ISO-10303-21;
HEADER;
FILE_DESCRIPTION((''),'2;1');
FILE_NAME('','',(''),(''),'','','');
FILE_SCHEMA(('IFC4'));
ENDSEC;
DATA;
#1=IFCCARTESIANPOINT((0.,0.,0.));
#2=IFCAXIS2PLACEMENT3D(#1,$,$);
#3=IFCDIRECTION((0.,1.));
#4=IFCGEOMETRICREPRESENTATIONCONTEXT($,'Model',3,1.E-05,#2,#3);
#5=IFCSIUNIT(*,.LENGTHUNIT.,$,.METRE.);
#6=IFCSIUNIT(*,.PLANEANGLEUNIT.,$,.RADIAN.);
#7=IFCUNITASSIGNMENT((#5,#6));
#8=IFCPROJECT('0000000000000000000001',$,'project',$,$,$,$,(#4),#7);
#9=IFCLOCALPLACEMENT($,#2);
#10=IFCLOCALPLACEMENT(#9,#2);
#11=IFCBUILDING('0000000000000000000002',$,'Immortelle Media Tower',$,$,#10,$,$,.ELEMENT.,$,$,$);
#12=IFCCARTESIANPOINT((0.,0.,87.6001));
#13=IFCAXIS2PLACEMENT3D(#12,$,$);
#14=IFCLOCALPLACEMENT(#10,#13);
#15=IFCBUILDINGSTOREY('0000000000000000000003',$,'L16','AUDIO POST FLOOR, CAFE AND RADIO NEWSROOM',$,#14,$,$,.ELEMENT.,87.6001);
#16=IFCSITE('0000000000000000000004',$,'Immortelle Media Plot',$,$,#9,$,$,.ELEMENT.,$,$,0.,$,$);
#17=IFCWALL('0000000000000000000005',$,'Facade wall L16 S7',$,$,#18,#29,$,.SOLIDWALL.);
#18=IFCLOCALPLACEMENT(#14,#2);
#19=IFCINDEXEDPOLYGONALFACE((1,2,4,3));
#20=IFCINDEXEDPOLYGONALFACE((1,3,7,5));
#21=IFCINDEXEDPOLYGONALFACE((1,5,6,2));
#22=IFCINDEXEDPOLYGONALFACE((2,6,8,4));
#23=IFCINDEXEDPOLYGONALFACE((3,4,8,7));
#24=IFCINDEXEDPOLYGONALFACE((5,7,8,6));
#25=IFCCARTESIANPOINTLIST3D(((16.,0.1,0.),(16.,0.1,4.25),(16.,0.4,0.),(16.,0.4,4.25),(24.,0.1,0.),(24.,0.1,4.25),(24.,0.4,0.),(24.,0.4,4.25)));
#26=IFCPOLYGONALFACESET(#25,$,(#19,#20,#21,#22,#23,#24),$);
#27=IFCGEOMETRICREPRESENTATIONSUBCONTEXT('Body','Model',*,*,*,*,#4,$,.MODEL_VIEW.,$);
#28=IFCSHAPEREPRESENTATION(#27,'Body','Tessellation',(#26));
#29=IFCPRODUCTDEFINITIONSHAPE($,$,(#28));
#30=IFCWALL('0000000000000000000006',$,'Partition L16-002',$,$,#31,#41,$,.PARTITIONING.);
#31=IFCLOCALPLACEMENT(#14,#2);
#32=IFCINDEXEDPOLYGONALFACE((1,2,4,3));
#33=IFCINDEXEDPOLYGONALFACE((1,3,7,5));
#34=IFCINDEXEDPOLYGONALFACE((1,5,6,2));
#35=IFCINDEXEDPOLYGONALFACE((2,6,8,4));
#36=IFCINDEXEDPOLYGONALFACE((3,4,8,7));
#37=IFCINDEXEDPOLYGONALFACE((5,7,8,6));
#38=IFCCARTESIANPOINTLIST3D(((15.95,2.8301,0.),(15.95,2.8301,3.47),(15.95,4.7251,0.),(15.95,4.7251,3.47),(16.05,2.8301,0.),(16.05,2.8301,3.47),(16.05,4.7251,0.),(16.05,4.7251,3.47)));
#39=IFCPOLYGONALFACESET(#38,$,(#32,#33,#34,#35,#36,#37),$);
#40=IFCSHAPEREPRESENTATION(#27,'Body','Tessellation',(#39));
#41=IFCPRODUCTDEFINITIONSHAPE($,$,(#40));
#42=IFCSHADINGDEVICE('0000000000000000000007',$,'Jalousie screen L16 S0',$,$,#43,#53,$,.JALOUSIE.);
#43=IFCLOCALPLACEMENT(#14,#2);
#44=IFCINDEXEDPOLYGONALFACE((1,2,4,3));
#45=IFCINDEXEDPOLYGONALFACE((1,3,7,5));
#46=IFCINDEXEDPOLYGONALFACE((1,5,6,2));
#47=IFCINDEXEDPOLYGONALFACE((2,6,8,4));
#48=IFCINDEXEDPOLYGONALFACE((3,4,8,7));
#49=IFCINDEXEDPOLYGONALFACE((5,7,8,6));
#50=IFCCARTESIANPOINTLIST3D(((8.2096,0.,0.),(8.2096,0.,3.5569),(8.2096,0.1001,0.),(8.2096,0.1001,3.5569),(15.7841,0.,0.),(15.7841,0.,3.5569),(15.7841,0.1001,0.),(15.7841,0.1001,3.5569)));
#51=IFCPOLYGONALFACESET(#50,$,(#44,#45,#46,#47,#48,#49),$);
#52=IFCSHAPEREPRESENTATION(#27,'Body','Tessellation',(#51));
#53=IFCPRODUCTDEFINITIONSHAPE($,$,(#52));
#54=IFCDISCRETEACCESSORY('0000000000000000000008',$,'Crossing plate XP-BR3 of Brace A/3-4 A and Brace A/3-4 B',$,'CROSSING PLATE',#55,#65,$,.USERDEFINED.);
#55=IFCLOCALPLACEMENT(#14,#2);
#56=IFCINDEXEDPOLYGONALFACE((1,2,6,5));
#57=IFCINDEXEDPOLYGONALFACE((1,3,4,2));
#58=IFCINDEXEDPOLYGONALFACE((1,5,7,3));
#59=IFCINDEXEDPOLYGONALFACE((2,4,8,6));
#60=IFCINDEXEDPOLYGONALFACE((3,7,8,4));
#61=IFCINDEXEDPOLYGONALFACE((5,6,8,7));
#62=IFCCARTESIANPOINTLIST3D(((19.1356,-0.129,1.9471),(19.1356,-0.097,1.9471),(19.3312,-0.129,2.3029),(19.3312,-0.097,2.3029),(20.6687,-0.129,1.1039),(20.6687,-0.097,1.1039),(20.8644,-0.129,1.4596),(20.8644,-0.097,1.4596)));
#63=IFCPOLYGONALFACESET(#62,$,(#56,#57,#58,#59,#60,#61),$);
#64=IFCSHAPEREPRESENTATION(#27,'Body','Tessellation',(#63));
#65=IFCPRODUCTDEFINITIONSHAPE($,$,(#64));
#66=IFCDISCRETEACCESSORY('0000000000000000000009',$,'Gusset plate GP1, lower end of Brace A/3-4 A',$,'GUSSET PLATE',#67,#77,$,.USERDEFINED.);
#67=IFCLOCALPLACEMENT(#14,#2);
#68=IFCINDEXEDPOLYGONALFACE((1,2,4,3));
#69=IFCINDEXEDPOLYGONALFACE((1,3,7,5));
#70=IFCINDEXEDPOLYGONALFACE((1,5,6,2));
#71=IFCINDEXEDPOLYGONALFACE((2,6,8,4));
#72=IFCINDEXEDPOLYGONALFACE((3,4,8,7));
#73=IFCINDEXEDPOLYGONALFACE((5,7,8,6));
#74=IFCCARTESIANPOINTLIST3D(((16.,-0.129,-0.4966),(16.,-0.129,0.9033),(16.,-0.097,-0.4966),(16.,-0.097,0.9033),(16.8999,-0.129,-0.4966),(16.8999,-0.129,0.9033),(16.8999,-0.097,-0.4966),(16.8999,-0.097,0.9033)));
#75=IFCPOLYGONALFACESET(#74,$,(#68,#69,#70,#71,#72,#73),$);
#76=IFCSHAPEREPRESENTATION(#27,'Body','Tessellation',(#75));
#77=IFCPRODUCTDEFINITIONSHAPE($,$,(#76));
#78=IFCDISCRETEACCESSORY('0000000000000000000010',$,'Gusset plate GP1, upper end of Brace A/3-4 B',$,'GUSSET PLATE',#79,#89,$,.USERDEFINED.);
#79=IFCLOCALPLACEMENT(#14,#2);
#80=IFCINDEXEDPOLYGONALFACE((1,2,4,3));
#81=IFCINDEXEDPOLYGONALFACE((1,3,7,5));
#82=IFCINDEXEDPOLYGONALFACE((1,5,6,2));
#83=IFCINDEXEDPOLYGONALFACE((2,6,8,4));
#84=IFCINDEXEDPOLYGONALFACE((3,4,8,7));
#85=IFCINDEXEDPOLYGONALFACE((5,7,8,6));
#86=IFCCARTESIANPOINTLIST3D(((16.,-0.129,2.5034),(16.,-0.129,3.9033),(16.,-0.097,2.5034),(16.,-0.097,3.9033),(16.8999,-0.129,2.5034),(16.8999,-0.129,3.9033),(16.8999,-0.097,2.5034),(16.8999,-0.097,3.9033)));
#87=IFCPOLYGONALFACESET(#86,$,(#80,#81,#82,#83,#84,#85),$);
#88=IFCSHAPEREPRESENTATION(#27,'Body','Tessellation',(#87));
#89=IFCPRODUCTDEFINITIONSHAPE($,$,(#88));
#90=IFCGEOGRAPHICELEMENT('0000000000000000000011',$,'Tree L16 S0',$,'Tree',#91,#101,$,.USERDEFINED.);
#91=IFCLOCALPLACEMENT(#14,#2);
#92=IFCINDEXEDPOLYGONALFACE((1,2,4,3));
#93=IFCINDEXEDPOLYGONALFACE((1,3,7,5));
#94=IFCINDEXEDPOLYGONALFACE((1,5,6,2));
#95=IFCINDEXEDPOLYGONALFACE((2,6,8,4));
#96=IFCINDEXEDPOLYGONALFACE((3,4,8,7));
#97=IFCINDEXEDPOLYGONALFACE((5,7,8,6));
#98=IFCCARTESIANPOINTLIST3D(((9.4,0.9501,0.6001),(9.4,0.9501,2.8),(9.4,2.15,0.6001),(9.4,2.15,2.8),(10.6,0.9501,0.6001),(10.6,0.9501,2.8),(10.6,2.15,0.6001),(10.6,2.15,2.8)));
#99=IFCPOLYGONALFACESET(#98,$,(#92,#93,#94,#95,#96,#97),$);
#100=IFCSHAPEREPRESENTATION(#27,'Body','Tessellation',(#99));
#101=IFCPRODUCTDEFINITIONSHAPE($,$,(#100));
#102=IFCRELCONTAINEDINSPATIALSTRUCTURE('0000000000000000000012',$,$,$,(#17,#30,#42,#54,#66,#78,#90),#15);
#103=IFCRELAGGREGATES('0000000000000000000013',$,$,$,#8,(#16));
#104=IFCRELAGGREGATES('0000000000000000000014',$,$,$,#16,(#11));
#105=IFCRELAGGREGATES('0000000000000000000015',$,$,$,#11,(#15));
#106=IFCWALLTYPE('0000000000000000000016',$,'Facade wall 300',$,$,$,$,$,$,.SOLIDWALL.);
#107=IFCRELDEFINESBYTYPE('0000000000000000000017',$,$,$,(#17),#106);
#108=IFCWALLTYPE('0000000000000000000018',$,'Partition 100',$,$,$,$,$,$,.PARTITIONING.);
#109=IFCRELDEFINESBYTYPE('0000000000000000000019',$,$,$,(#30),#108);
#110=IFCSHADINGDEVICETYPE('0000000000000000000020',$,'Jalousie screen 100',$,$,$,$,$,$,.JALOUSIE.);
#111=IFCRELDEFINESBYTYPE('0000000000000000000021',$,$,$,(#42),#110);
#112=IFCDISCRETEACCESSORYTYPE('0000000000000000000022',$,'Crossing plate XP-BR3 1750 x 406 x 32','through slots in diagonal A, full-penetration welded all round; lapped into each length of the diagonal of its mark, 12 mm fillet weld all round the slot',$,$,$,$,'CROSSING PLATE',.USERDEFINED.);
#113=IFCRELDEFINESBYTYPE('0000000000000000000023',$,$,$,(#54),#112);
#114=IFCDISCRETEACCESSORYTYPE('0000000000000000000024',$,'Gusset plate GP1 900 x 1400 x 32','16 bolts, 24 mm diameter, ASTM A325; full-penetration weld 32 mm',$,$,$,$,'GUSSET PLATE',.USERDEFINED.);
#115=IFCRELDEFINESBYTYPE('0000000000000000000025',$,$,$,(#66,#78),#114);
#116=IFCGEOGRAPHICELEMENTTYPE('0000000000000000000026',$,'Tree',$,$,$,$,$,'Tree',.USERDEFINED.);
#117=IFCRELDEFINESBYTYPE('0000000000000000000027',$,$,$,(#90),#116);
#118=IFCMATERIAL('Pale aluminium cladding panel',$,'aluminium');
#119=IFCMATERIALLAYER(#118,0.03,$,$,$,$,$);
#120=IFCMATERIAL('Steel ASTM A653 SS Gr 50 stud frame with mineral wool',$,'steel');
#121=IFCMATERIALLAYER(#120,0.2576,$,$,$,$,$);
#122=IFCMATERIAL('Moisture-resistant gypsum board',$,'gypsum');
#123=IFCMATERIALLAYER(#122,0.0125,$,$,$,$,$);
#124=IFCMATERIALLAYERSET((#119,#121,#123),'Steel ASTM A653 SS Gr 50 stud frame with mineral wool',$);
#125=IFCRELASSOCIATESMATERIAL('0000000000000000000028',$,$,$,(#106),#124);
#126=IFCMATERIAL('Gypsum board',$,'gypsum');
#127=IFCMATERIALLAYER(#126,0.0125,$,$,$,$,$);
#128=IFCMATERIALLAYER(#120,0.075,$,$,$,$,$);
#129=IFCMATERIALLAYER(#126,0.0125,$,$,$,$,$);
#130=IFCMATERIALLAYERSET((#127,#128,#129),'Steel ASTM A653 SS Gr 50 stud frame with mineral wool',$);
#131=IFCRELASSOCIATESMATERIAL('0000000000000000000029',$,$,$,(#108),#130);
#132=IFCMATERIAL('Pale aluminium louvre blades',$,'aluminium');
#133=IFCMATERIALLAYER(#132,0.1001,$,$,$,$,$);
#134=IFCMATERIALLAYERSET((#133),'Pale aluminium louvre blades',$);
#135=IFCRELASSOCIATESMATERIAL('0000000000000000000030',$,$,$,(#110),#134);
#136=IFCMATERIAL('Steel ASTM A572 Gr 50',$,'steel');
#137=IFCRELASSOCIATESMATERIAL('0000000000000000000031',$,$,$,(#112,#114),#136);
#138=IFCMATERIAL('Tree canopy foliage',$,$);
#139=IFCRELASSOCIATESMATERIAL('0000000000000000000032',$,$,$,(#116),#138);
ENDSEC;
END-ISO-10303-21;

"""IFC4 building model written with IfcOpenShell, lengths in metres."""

from ifc_helpers import new_model, si_unit, direction, frame, frame_2d, origin, origin_2d, place, context, subcontext, project, spatial, rectangle, extrude, material, layer, layer_set, material_profile, profile_set, type_object, element, save


model = new_model("IFC4")

# Units and contexts
model_context = context("Model", 3, precision=1e-05, world=origin(), true_north=direction((0.0, 1.0)))
body_context = subcontext(model_context, "Body", "Model", "MODEL_VIEW")
ifc_project = project(units=[si_unit("LENGTHUNIT", "METRE"), si_unit("PLANEANGLEUNIT", "RADIAN")], contexts=[model_context])

# Site, building, storey
site_placement = place(None, origin())
site = spatial("IfcSite", under=ifc_project, at=site_placement, Name="Immortelle Media Plot", CompositionType="ELEMENT", RefElevation=0.0)
building_placement = place(site_placement, origin())
building = spatial("IfcBuilding", under=site, at=building_placement, Name="Immortelle Media Tower", CompositionType="ELEMENT")
storey_placement = place(building_placement, frame((0.0, 0.0, 87.6001)))
storey = spatial("IfcBuildingStorey", under=building, at=storey_placement, Name="L16", Description="AUDIO POST FLOOR, CAFE AND RADIO NEWSROOM", CompositionType="ELEMENT", Elevation=87.6001)

# Walls
ifc_material_1 = material(Name="Pale aluminium cladding panel", Category="aluminium")
ifc_layer_1 = layer(ifc_material_1, 0.03)
ifc_material_2 = material(Name="Steel ASTM A653 SS Gr 50 stud frame with mineral wool", Category="steel")
ifc_layer_2 = layer(ifc_material_2, 0.2576)
ifc_material_3 = material(Name="Moisture-resistant gypsum board", Category="gypsum")
ifc_layer_3 = layer(ifc_material_3, 0.0125)
ifc_layer_set_1 = layer_set([ifc_layer_1, ifc_layer_2, ifc_layer_3], Name="Steel ASTM A653 SS Gr 50 stud frame with mineral wool")
wall_type_1 = type_object("IfcWallType", Name="Facade wall 300", PredefinedType="SOLIDWALL", material=ifc_layer_set_1)
wall_1_placement = place(storey_placement, frame((16.0, 0.25, 0.0), z_axis=(0.0, 0.0, 1.0), x_axis=(1.0, 0.0, 0.0)))
element("IfcWall", 1, at=wall_1_placement, inside=storey, type_object=wall_type_1, Name="Facade wall L16 S7", PredefinedType="SOLIDWALL", context=body_context, shape_type="SweptSolid", body=[
    extrude(rectangle(XDim=8.0, YDim=0.3, at=frame_2d((4.0, 0.0))), origin(), (0.0, 0.0, 1.0), 4.25),
])
ifc_material_4 = material(Name="Gypsum board", Category="gypsum")
ifc_layer_4 = layer(ifc_material_4, 0.0125)
ifc_layer_5 = layer(ifc_material_2, 0.075)
ifc_layer_6 = layer(ifc_material_4, 0.0125)
ifc_layer_set_2 = layer_set([ifc_layer_4, ifc_layer_5, ifc_layer_6], Name="Steel ASTM A653 SS Gr 50 stud frame with mineral wool")
wall_type_2 = type_object("IfcWallType", Name="Partition 100", PredefinedType="PARTITIONING", material=ifc_layer_set_2)
wall_2_placement = place(storey_placement, frame((16.0, 2.8301, 0.0), z_axis=(0.0, 0.0, 1.0), x_axis=(0.0, 1.0, 0.0)))
element("IfcWall", 2, at=wall_2_placement, inside=storey, type_object=wall_type_2, Name="Partition L16-002", PredefinedType="PARTITIONING", context=body_context, shape_type="SweptSolid", body=[
    extrude(rectangle(XDim=1.895, YDim=0.1001, at=frame_2d((0.9475, 0.0))), origin(), (0.0, 0.0, 1.0), 3.47),
])

# Shading device
ifc_material_5 = material(Name="Pale aluminium louvre blades", Category="aluminium")
ifc_layer_7 = layer(ifc_material_5, 0.1001)
ifc_layer_set_3 = layer_set([ifc_layer_7], Name="Pale aluminium louvre blades")
shading_device_type = type_object("IfcShadingDeviceType", Name="Jalousie screen 100", PredefinedType="JALOUSIE", material=ifc_layer_set_3)
shading_device_placement = place(storey_placement, frame((11.9968, 0.05, 0.0), z_axis=(0.0, 0.0, 1.0), x_axis=(1.0, 0.0, 0.0)))
element("IfcShadingDevice", 3, at=shading_device_placement, inside=storey, type_object=shading_device_type, Name="Jalousie screen L16 S0", PredefinedType="JALOUSIE", context=body_context, shape_type="SweptSolid", body=[
    extrude(rectangle(XDim=7.5745, YDim=0.1001, at=origin_2d()), origin(), (0.0, 0.0, 1.0), 3.5569),
])

# Discrete accessories
ifc_material_6 = material(Name="Steel ASTM A572 Gr 50", Category="steel")
ifc_material_profile_1 = material_profile(ifc_material_6, rectangle(XDim=0.032, YDim=0.406, at=origin_2d()), Name="PL 32 x 406")
ifc_profile_set_1 = profile_set([ifc_material_profile_1], Name="Steel ASTM A572 Gr 50")
discrete_accessory_type_1 = type_object("IfcDiscreteAccessoryType", Name="Crossing plate XP-BR3 1750 x 406 x 32", Description="through slots in diagonal A, full-penetration welded all round; lapped into each length of the diagonal of its mark, 12 mm fillet weld all round the slot", ElementType="CROSSING PLATE", PredefinedType="USERDEFINED", material=ifc_profile_set_1)
discrete_accessory_placement = place(storey_placement, frame((19.2334, -0.113, 2.125), z_axis=(0.876216, 0.0, -0.481919), x_axis=(0.0, 1.0, 0.0)))
element("IfcDiscreteAccessory", 4, at=discrete_accessory_placement, inside=storey, type_object=discrete_accessory_type_1, Name="Crossing plate XP-BR3 of Brace A/3-4 A and Brace A/3-4 B", ObjectType="CROSSING PLATE", PredefinedType="USERDEFINED", context=body_context, shape_type="SweptSolid", body=[
    extrude(rectangle(XDim=0.032, YDim=0.406, at=origin_2d()), origin(), (0.0, 0.0, 1.0), 1.7498),
])
ifc_material_profile_2 = material_profile(ifc_material_6, rectangle(XDim=0.032, YDim=1.3999, at=origin_2d()), Name="PL 32 x 1400")
ifc_profile_set_2 = profile_set([ifc_material_profile_2], Name="Steel ASTM A572 Gr 50")
discrete_accessory_type_2 = type_object("IfcDiscreteAccessoryType", Name="Gusset plate GP1 900 x 1400 x 32", Description="16 bolts, 24 mm diameter, ASTM A325; full-penetration weld 32 mm", ElementType="GUSSET PLATE", PredefinedType="USERDEFINED", material=ifc_profile_set_2)
for number, where, z_axis, x_axis, name in (
    (5, (16.0, -0.113, 0.2034), (1.0, 0.0, 0.0), (0.0, 1.0, 0.0), "Gusset plate GP1, lower end of Brace A/3-4 A"),
    (6, (16.0, -0.113, 3.2034), (1.0, 0.0, 0.0), (0.0, 1.0, 0.0), "Gusset plate GP1, upper end of Brace A/3-4 B"),
):
    element("IfcDiscreteAccessory", number, at=place(storey_placement, frame(where, z_axis=z_axis, x_axis=x_axis)), inside=storey, type_object=discrete_accessory_type_2, Name=name, ObjectType="GUSSET PLATE", PredefinedType="USERDEFINED", context=body_context, shape_type="SweptSolid", body=[
        extrude(rectangle(XDim=0.032, YDim=1.3999, at=origin_2d()), origin(), (0.0, 0.0, 1.0), 0.8999),
    ])

# Geographic element
ifc_material_7 = material(Name="Tree canopy foliage")
geographic_element_type = type_object("IfcGeographicElementType", Name="Tree", ElementType="Tree", PredefinedType="USERDEFINED", material=ifc_material_7)
geographic_element_placement = place(storey_placement, frame((10.0, 1.55, 0.6001), z_axis=(0.0, 0.0, 1.0), x_axis=(1.0, 0.0, 0.0)))
element("IfcGeographicElement", 7, at=geographic_element_placement, inside=storey, type_object=geographic_element_type, Name="Tree L16 S0", ObjectType="Tree", PredefinedType="USERDEFINED", context=body_context, shape_type="SweptSolid", body=[
    extrude(rectangle(XDim=1.2, YDim=1.2, at=origin_2d()), origin(), (0.0, 0.0, 1.0), 2.2),
])

save(model, "model.ifc")
